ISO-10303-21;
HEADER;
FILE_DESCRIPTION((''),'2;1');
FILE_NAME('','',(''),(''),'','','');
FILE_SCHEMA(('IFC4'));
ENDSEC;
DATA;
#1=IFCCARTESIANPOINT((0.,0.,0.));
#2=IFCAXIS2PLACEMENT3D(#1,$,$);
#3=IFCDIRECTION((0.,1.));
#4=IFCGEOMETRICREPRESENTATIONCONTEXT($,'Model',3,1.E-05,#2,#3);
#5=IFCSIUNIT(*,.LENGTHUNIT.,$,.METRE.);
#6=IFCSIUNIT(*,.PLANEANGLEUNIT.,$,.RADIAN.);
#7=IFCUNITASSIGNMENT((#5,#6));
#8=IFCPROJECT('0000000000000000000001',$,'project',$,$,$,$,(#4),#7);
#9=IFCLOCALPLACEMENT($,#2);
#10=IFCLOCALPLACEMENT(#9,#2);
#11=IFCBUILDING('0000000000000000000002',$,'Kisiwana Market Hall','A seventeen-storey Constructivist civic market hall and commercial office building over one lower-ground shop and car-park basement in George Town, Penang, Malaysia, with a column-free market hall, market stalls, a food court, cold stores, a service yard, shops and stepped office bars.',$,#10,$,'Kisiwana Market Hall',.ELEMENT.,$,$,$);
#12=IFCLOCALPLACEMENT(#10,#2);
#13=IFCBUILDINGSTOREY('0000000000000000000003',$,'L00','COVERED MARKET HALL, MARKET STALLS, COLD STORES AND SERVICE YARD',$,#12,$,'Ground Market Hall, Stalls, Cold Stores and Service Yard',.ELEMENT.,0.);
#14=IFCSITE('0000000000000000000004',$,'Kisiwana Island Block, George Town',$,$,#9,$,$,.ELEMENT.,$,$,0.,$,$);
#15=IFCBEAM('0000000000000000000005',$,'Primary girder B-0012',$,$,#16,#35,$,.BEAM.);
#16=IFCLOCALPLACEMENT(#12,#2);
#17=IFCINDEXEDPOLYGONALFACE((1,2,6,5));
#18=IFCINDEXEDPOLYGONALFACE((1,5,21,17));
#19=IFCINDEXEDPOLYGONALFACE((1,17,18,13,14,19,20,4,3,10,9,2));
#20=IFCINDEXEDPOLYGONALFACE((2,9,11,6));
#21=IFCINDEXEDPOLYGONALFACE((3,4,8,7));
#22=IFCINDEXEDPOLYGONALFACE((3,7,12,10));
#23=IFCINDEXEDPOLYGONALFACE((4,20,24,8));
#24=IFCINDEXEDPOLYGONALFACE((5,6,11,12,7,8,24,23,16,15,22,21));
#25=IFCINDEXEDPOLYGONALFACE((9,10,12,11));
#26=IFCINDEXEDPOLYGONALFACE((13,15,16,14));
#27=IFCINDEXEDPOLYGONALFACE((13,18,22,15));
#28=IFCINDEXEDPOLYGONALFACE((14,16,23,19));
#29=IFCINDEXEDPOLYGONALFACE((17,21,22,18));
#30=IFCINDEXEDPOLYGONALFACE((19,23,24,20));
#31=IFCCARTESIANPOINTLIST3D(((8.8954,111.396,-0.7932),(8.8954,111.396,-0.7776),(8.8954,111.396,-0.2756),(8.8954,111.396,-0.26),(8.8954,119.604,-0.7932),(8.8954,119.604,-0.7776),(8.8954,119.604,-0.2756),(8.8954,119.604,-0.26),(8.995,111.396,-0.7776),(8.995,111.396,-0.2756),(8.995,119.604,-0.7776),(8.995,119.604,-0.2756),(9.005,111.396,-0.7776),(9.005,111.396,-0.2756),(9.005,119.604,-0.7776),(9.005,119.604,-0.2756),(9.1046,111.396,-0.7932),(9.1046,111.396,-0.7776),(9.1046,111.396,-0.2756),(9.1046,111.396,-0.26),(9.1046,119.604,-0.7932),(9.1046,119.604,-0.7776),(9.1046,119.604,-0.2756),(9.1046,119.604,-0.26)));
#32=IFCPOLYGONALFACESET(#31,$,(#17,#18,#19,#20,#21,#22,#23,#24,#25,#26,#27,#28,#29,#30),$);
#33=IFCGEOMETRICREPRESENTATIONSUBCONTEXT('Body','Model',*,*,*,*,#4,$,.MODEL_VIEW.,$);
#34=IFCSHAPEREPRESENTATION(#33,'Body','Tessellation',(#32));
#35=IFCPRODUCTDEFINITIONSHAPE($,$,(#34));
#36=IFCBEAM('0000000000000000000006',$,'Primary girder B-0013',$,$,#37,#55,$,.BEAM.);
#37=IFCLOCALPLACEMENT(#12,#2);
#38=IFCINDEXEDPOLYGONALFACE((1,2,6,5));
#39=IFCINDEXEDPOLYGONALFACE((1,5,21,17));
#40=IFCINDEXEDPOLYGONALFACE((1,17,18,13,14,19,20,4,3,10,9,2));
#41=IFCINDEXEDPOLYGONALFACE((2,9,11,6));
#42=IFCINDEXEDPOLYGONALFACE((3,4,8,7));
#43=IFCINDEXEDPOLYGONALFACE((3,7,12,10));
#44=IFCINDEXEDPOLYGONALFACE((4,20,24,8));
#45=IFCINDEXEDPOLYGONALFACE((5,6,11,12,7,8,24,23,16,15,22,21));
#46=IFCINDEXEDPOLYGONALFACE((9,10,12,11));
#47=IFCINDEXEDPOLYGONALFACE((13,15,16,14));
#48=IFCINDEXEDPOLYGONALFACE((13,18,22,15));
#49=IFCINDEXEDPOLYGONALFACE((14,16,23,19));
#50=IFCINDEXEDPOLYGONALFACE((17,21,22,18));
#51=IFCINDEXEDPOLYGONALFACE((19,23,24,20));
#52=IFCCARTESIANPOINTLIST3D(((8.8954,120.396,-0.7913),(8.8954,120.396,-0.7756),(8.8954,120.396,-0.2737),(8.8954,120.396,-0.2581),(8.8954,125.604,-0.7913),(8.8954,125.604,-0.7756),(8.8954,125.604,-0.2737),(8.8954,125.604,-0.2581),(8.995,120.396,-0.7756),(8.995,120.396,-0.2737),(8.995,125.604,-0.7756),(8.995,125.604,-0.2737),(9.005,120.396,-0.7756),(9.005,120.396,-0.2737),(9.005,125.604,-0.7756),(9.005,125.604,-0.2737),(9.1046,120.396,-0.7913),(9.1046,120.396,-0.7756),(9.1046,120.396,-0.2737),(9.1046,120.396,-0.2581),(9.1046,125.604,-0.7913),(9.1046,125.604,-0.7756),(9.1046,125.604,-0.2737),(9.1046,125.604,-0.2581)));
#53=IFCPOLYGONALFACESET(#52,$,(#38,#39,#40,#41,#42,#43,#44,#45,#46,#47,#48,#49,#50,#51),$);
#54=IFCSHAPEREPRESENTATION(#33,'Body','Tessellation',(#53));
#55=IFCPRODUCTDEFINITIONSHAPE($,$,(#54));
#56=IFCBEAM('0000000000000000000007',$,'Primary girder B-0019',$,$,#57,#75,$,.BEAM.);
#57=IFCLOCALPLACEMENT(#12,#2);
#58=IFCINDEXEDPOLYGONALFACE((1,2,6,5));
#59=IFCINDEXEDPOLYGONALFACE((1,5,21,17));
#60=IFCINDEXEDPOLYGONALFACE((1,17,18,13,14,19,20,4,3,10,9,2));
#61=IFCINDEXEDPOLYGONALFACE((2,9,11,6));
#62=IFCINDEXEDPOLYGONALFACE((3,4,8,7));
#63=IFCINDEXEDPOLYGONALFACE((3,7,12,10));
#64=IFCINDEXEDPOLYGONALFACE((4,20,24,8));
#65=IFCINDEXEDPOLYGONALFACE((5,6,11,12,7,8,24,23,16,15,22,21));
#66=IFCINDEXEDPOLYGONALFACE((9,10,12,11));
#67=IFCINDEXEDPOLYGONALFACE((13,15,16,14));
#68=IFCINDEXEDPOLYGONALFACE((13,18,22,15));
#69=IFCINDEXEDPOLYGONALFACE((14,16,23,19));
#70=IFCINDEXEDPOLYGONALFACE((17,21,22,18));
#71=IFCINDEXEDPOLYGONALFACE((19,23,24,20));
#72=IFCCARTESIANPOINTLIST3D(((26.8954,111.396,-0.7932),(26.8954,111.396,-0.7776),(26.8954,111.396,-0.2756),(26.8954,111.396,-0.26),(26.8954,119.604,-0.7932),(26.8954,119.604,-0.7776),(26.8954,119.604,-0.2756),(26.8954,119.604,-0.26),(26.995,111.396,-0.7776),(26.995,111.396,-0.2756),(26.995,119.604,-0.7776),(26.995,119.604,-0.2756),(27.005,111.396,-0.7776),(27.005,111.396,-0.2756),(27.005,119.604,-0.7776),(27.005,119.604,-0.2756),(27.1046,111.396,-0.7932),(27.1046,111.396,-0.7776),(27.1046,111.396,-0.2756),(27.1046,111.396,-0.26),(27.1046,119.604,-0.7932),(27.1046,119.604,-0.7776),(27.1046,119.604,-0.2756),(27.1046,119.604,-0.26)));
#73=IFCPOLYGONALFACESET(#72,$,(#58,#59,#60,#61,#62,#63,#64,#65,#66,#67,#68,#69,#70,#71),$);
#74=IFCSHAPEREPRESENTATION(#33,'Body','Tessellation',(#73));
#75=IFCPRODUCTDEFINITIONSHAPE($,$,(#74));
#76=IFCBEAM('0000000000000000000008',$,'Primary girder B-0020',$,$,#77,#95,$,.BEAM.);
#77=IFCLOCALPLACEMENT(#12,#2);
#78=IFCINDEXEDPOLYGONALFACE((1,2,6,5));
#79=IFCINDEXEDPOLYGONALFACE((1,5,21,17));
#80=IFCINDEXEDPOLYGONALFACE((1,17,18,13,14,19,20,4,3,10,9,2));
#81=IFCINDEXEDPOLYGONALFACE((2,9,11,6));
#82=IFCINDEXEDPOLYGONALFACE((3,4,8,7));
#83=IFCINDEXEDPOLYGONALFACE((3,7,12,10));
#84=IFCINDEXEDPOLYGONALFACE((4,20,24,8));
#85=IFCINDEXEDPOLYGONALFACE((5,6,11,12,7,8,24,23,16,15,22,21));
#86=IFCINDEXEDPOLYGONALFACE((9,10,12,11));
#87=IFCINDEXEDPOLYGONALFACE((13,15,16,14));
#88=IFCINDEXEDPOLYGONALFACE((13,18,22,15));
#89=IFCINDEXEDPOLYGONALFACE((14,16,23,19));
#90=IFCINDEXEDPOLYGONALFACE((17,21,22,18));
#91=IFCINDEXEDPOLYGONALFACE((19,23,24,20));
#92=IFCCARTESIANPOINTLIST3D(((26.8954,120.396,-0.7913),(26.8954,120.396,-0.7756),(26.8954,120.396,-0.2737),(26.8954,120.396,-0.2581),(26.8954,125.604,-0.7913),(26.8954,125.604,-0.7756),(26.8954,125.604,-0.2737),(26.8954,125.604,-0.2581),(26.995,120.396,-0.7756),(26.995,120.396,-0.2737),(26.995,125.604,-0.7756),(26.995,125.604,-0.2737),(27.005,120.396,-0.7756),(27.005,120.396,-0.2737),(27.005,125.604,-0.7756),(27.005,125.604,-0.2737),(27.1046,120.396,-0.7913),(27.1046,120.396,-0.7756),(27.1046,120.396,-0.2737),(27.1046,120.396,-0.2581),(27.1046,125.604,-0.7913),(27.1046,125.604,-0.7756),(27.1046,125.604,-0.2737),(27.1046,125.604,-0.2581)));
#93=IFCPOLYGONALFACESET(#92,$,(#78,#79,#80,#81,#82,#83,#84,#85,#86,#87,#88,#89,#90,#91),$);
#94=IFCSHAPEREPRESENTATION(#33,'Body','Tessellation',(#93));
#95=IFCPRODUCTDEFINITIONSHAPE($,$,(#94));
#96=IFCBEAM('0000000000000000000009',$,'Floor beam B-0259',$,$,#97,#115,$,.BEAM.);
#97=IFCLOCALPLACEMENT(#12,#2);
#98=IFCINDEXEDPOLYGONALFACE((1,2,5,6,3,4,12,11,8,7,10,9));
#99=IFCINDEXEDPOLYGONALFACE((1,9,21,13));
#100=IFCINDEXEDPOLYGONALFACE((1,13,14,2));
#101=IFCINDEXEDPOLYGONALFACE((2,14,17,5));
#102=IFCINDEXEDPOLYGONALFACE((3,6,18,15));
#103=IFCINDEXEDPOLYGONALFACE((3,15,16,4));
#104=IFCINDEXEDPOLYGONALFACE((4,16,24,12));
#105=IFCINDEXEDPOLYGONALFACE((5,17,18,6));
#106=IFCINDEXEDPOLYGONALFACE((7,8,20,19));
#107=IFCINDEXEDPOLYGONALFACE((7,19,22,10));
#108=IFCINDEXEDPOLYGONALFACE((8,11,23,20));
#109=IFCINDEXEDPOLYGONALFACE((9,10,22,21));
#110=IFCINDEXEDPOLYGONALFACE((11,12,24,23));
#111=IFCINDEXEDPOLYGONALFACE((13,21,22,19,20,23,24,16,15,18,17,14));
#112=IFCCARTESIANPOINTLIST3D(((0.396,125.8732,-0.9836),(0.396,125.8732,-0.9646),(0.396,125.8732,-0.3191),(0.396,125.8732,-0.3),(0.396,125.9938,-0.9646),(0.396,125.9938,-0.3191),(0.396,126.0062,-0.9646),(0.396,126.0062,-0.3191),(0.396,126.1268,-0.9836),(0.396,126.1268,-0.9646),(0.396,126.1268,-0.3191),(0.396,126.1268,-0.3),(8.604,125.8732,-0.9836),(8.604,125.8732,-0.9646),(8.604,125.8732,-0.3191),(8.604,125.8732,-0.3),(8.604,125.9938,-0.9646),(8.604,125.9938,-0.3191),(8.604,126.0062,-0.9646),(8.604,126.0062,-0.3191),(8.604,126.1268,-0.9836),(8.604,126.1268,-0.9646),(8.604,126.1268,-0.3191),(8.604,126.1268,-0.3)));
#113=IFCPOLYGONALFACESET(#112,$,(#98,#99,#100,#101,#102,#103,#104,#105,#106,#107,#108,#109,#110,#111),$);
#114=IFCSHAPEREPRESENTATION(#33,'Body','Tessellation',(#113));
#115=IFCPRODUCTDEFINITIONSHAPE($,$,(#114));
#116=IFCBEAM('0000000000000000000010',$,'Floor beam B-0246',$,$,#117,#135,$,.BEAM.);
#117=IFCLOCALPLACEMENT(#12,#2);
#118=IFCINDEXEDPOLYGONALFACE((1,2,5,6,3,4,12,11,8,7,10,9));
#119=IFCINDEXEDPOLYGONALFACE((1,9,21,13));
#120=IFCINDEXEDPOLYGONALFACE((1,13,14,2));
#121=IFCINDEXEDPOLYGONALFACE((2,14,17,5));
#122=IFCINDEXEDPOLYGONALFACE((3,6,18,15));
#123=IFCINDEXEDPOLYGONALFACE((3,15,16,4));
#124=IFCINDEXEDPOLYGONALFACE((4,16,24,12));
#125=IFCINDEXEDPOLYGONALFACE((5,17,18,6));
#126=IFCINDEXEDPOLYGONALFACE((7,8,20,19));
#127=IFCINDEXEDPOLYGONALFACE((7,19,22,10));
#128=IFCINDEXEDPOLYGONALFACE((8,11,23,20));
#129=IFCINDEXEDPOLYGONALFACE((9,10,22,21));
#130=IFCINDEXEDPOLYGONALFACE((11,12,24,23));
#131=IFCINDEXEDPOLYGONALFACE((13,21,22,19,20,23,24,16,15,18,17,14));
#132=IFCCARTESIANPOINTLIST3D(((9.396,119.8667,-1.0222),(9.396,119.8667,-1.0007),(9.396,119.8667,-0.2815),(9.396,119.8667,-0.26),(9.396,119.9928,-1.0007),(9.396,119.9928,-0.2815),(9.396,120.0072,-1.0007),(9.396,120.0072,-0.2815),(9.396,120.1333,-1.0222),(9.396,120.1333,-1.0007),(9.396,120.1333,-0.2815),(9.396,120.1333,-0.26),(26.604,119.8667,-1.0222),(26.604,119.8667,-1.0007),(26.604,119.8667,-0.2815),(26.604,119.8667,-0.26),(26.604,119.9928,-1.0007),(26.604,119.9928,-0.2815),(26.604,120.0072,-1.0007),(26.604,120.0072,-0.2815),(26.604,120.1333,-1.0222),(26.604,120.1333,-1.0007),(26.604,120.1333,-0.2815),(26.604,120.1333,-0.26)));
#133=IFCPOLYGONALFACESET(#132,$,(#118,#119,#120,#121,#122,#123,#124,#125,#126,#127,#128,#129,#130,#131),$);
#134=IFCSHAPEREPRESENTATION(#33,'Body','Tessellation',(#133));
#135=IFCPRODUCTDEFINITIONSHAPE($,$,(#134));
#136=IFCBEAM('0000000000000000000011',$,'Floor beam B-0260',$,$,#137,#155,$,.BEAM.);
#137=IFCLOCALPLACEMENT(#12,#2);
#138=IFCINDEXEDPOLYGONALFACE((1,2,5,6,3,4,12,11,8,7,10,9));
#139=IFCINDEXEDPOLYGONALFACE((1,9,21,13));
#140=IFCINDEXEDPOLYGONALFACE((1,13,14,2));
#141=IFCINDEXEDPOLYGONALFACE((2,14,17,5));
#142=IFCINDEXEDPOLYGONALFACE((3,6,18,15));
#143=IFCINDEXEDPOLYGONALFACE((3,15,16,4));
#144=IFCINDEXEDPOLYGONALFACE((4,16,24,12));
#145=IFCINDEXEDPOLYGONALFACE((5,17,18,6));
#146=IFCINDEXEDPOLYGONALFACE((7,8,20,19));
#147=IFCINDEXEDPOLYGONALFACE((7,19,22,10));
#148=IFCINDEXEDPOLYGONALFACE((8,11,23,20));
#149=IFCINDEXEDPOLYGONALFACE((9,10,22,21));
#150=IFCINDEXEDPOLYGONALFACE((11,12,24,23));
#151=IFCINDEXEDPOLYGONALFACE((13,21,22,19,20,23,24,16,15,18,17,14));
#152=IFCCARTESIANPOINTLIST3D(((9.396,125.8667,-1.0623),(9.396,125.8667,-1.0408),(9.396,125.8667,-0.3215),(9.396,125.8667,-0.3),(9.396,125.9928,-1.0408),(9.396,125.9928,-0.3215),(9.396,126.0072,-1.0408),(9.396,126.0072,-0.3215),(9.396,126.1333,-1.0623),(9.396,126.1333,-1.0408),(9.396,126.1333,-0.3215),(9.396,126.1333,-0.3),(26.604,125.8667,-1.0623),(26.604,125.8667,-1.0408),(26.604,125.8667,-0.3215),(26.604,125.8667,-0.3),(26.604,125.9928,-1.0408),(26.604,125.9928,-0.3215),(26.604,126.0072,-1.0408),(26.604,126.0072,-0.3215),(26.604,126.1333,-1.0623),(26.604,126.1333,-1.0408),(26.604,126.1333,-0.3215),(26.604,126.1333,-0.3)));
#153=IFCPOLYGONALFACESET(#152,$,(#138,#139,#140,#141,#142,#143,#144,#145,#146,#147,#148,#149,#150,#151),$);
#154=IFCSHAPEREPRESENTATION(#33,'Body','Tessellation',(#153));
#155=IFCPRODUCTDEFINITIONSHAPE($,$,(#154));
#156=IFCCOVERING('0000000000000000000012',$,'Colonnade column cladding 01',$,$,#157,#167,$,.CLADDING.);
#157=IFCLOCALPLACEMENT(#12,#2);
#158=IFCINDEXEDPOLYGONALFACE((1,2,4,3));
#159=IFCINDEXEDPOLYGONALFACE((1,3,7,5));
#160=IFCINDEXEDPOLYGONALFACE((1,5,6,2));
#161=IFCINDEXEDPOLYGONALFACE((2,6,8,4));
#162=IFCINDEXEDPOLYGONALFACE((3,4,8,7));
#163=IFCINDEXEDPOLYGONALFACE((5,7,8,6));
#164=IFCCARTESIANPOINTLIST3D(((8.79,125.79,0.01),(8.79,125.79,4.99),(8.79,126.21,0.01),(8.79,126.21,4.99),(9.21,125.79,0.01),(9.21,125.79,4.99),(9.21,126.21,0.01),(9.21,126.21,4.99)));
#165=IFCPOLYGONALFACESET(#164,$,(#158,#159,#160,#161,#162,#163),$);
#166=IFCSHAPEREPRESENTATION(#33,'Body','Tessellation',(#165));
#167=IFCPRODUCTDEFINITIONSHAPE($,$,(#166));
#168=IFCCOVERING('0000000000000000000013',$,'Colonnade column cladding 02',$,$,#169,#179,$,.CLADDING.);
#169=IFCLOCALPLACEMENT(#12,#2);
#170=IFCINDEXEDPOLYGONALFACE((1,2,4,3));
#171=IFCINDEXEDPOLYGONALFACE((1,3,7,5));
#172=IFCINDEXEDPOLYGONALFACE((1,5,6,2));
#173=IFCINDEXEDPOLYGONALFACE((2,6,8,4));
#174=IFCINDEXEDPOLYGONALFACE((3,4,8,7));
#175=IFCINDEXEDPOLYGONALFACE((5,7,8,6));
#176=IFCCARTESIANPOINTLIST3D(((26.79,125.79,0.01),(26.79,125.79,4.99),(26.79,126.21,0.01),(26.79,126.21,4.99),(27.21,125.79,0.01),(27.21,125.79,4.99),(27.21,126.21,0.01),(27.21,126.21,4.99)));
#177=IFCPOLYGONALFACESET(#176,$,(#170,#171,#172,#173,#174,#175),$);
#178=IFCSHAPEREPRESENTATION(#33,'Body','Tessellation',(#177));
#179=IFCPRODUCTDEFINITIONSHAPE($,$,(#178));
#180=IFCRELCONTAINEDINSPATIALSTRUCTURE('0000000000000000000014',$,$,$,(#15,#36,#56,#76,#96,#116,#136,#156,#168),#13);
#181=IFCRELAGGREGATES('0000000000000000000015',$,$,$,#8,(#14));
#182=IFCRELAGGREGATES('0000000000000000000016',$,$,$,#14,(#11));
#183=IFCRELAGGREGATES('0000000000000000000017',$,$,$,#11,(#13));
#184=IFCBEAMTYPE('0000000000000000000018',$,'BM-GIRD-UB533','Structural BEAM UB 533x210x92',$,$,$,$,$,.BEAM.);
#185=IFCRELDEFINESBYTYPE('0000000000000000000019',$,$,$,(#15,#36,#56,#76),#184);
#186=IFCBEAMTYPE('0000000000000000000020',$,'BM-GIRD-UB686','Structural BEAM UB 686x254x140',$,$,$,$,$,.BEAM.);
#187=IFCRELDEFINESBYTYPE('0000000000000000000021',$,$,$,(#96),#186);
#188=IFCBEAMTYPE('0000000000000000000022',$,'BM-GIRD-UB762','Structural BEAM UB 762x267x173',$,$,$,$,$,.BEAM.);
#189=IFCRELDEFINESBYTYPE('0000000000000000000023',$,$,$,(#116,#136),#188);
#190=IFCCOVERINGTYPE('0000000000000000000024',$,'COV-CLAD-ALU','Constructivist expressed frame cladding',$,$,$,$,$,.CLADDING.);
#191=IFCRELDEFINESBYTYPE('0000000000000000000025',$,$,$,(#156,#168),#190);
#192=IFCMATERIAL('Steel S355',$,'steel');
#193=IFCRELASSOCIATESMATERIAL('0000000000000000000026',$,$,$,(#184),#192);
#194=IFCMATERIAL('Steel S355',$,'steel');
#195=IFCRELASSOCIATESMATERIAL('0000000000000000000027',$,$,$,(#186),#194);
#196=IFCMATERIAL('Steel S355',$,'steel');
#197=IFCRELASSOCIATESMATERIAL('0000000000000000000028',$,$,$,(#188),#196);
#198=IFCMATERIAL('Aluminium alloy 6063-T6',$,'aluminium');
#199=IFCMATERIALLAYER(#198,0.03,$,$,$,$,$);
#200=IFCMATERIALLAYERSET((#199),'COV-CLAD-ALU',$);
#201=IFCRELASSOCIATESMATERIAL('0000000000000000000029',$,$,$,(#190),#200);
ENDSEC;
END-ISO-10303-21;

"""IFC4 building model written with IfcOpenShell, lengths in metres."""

from ifc_helpers import new_model, si_unit, direction, frame, origin, origin_2d, place, context, subcontext, project, spatial, rectangle, i_section, extrude, material, layer, layer_set, material_profile, profile_set, type_object, element, save


model = new_model("IFC4")

# Units and contexts
model_context = context("Model", 3, precision=1e-05, world=origin(), true_north=direction((0.0, 1.0)))
body_context = subcontext(model_context, "Body", "Model", "MODEL_VIEW")
ifc_project = project(units=[si_unit("LENGTHUNIT", "METRE"), si_unit("PLANEANGLEUNIT", "RADIAN")], contexts=[model_context])

# Site, building, storey
site_placement = place(None, origin())
site = spatial("IfcSite", under=ifc_project, at=site_placement, Name="Kisiwana Island Block, George Town", CompositionType="ELEMENT", RefElevation=0.0)
building_placement = place(site_placement, origin())
building = spatial("IfcBuilding", under=site, at=building_placement, Name="Kisiwana Market Hall", Description="A seventeen-storey Constructivist civic market hall and commercial office building over one lower-ground shop and car-park basement in George Town, Penang, Malaysia, with a column-free market hall, market stalls, a food court, cold stores, a service yard, shops and stepped office bars.", LongName="Kisiwana Market Hall", CompositionType="ELEMENT")
storey_placement = place(building_placement, origin())
storey = spatial("IfcBuildingStorey", under=building, at=storey_placement, Name="L00", Description="COVERED MARKET HALL, MARKET STALLS, COLD STORES AND SERVICE YARD", LongName="Ground Market Hall, Stalls, Cold Stores and Service Yard", CompositionType="ELEMENT", Elevation=0.0)

# Beams
ifc_material_1 = material(Name="Steel S355", Category="steel")
ifc_material_profile_1 = material_profile(ifc_material_1, i_section(OverallWidth=0.2092, OverallDepth=0.5332, WebThickness=0.01, FlangeThickness=0.0156, at=origin_2d()), Name="UB 533x210x92")
ifc_profile_set_1 = profile_set([ifc_material_profile_1], Name="Steel S355")
beam_type_1 = type_object("IfcBeamType", Name="BM-GIRD-UB533", Description="Structural BEAM UB 533x210x92", PredefinedType="BEAM", material=ifc_profile_set_1)
beam_1_placement = place(storey_placement, frame((9.0, 111.396, -0.5266), z_axis=(0.0, 1.0, 0.0), x_axis=(-1.0, 0.0, 0.0)))
element("IfcBeam", 1, at=beam_1_placement, inside=storey, type_object=beam_type_1, Name="Primary girder B-0012", PredefinedType="BEAM", context=body_context, shape_type="SweptSolid", body=[
    extrude(i_section(OverallWidth=0.2092, OverallDepth=0.5332, WebThickness=0.01, FlangeThickness=0.0156, at=origin_2d()), origin(), (0.0, 0.0, 1.0), 8.208),
])
beam_2_placement = place(storey_placement, frame((9.0, 120.396, -0.5247), z_axis=(0.0, 1.0, 0.0), x_axis=(-1.0, 0.0, 0.0)))
element("IfcBeam", 2, at=beam_2_placement, inside=storey, type_object=beam_type_1, Name="Primary girder B-0013", PredefinedType="BEAM", context=body_context, shape_type="SweptSolid", body=[
    extrude(i_section(OverallWidth=0.2092, OverallDepth=0.5332, WebThickness=0.01, FlangeThickness=0.0156, at=origin_2d()), origin(), (0.0, 0.0, 1.0), 5.208),
])
beam_3_placement = place(storey_placement, frame((27.0, 111.396, -0.5266), z_axis=(0.0, 1.0, 0.0), x_axis=(-1.0, 0.0, 0.0)))
element("IfcBeam", 3, at=beam_3_placement, inside=storey, type_object=beam_type_1, Name="Primary girder B-0019", PredefinedType="BEAM", context=body_context, shape_type="SweptSolid", body=[
    extrude(i_section(OverallWidth=0.2092, OverallDepth=0.5332, WebThickness=0.01, FlangeThickness=0.0156, at=origin_2d()), origin(), (0.0, 0.0, 1.0), 8.208),
])
beam_4_placement = place(storey_placement, frame((27.0, 120.396, -0.5247), z_axis=(0.0, 1.0, 0.0), x_axis=(-1.0, 0.0, 0.0)))
element("IfcBeam", 4, at=beam_4_placement, inside=storey, type_object=beam_type_1, Name="Primary girder B-0020", PredefinedType="BEAM", context=body_context, shape_type="SweptSolid", body=[
    extrude(i_section(OverallWidth=0.2092, OverallDepth=0.5332, WebThickness=0.01, FlangeThickness=0.0156, at=origin_2d()), origin(), (0.0, 0.0, 1.0), 5.208),
])
ifc_material_2 = material(Name="Steel S355", Category="steel")
ifc_material_profile_2 = material_profile(ifc_material_2, i_section(OverallWidth=0.2537, OverallDepth=0.6836, WebThickness=0.0125, FlangeThickness=0.019, at=origin_2d()), Name="UB 686x254x140")
ifc_profile_set_2 = profile_set([ifc_material_profile_2], Name="Steel S355")
beam_type_2 = type_object("IfcBeamType", Name="BM-GIRD-UB686", Description="Structural BEAM UB 686x254x140", PredefinedType="BEAM", material=ifc_profile_set_2)
beam_5_placement = place(storey_placement, frame((0.396, 126.0, -0.6418), z_axis=(1.0, 0.0, 0.0), x_axis=(0.0, 1.0, 0.0)))
element("IfcBeam", 5, at=beam_5_placement, inside=storey, type_object=beam_type_2, Name="Floor beam B-0259", PredefinedType="BEAM", context=body_context, shape_type="SweptSolid", body=[
    extrude(i_section(OverallWidth=0.2537, OverallDepth=0.6836, WebThickness=0.0125, FlangeThickness=0.019, at=origin_2d()), origin(), (0.0, 0.0, 1.0), 8.208),
])
ifc_material_3 = material(Name="Steel S355", Category="steel")
ifc_material_profile_3 = material_profile(ifc_material_3, i_section(OverallWidth=0.2666, OverallDepth=0.7622, WebThickness=0.0144, FlangeThickness=0.0215, at=origin_2d()), Name="UB 762x267x173")
ifc_profile_set_3 = profile_set([ifc_material_profile_3], Name="Steel S355")
beam_type_3 = type_object("IfcBeamType", Name="BM-GIRD-UB762", Description="Structural BEAM UB 762x267x173", PredefinedType="BEAM", material=ifc_profile_set_3)
for number, where, z_axis, x_axis, name in (
    (6, (9.396, 120.0, -0.6411), (1.0, 0.0, 0.0), (0.0, 1.0, 0.0), "Floor beam B-0246"),
    (7, (9.396, 126.0, -0.6812), (1.0, 0.0, 0.0), (0.0, 1.0, 0.0), "Floor beam B-0260"),
):
    element("IfcBeam", number, at=place(storey_placement, frame(where, z_axis=z_axis, x_axis=x_axis)), inside=storey, type_object=beam_type_3, Name=name, PredefinedType="BEAM", context=body_context, shape_type="SweptSolid", body=[
        extrude(i_section(OverallWidth=0.2666, OverallDepth=0.7622, WebThickness=0.0144, FlangeThickness=0.0215, at=origin_2d()), origin(), (0.0, 0.0, 1.0), 17.208),
    ])

# Coverings
ifc_material_4 = material(Name="Aluminium alloy 6063-T6", Category="aluminium")
ifc_layer_1 = layer(ifc_material_4, 0.03)
ifc_layer_set_1 = layer_set([ifc_layer_1], Name="COV-CLAD-ALU")
covering_type_1 = type_object("IfcCoveringType", Name="COV-CLAD-ALU", Description="Constructivist expressed frame cladding", PredefinedType="CLADDING", material=ifc_layer_set_1)
for number, where, z_axis, x_axis, name in (
    (8, (9.0, 126.0, 0.01), (0.0, 0.0, 1.0), (1.0, 0.0, 0.0), "Colonnade column cladding 01"),
    (9, (27.0, 126.0, 0.01), (0.0, 0.0, 1.0), (1.0, 0.0, 0.0), "Colonnade column cladding 02"),
):
    element("IfcCovering", number, at=place(storey_placement, frame(where, z_axis=z_axis, x_axis=x_axis)), inside=storey, type_object=covering_type_1, Name=name, PredefinedType="CLADDING", context=body_context, shape_type="SweptSolid", body=[
        extrude(rectangle(XDim=0.4199, YDim=0.4199, at=origin_2d()), origin(), (0.0, 0.0, 1.0), 4.98),
    ])

save(model, "model.ifc")
